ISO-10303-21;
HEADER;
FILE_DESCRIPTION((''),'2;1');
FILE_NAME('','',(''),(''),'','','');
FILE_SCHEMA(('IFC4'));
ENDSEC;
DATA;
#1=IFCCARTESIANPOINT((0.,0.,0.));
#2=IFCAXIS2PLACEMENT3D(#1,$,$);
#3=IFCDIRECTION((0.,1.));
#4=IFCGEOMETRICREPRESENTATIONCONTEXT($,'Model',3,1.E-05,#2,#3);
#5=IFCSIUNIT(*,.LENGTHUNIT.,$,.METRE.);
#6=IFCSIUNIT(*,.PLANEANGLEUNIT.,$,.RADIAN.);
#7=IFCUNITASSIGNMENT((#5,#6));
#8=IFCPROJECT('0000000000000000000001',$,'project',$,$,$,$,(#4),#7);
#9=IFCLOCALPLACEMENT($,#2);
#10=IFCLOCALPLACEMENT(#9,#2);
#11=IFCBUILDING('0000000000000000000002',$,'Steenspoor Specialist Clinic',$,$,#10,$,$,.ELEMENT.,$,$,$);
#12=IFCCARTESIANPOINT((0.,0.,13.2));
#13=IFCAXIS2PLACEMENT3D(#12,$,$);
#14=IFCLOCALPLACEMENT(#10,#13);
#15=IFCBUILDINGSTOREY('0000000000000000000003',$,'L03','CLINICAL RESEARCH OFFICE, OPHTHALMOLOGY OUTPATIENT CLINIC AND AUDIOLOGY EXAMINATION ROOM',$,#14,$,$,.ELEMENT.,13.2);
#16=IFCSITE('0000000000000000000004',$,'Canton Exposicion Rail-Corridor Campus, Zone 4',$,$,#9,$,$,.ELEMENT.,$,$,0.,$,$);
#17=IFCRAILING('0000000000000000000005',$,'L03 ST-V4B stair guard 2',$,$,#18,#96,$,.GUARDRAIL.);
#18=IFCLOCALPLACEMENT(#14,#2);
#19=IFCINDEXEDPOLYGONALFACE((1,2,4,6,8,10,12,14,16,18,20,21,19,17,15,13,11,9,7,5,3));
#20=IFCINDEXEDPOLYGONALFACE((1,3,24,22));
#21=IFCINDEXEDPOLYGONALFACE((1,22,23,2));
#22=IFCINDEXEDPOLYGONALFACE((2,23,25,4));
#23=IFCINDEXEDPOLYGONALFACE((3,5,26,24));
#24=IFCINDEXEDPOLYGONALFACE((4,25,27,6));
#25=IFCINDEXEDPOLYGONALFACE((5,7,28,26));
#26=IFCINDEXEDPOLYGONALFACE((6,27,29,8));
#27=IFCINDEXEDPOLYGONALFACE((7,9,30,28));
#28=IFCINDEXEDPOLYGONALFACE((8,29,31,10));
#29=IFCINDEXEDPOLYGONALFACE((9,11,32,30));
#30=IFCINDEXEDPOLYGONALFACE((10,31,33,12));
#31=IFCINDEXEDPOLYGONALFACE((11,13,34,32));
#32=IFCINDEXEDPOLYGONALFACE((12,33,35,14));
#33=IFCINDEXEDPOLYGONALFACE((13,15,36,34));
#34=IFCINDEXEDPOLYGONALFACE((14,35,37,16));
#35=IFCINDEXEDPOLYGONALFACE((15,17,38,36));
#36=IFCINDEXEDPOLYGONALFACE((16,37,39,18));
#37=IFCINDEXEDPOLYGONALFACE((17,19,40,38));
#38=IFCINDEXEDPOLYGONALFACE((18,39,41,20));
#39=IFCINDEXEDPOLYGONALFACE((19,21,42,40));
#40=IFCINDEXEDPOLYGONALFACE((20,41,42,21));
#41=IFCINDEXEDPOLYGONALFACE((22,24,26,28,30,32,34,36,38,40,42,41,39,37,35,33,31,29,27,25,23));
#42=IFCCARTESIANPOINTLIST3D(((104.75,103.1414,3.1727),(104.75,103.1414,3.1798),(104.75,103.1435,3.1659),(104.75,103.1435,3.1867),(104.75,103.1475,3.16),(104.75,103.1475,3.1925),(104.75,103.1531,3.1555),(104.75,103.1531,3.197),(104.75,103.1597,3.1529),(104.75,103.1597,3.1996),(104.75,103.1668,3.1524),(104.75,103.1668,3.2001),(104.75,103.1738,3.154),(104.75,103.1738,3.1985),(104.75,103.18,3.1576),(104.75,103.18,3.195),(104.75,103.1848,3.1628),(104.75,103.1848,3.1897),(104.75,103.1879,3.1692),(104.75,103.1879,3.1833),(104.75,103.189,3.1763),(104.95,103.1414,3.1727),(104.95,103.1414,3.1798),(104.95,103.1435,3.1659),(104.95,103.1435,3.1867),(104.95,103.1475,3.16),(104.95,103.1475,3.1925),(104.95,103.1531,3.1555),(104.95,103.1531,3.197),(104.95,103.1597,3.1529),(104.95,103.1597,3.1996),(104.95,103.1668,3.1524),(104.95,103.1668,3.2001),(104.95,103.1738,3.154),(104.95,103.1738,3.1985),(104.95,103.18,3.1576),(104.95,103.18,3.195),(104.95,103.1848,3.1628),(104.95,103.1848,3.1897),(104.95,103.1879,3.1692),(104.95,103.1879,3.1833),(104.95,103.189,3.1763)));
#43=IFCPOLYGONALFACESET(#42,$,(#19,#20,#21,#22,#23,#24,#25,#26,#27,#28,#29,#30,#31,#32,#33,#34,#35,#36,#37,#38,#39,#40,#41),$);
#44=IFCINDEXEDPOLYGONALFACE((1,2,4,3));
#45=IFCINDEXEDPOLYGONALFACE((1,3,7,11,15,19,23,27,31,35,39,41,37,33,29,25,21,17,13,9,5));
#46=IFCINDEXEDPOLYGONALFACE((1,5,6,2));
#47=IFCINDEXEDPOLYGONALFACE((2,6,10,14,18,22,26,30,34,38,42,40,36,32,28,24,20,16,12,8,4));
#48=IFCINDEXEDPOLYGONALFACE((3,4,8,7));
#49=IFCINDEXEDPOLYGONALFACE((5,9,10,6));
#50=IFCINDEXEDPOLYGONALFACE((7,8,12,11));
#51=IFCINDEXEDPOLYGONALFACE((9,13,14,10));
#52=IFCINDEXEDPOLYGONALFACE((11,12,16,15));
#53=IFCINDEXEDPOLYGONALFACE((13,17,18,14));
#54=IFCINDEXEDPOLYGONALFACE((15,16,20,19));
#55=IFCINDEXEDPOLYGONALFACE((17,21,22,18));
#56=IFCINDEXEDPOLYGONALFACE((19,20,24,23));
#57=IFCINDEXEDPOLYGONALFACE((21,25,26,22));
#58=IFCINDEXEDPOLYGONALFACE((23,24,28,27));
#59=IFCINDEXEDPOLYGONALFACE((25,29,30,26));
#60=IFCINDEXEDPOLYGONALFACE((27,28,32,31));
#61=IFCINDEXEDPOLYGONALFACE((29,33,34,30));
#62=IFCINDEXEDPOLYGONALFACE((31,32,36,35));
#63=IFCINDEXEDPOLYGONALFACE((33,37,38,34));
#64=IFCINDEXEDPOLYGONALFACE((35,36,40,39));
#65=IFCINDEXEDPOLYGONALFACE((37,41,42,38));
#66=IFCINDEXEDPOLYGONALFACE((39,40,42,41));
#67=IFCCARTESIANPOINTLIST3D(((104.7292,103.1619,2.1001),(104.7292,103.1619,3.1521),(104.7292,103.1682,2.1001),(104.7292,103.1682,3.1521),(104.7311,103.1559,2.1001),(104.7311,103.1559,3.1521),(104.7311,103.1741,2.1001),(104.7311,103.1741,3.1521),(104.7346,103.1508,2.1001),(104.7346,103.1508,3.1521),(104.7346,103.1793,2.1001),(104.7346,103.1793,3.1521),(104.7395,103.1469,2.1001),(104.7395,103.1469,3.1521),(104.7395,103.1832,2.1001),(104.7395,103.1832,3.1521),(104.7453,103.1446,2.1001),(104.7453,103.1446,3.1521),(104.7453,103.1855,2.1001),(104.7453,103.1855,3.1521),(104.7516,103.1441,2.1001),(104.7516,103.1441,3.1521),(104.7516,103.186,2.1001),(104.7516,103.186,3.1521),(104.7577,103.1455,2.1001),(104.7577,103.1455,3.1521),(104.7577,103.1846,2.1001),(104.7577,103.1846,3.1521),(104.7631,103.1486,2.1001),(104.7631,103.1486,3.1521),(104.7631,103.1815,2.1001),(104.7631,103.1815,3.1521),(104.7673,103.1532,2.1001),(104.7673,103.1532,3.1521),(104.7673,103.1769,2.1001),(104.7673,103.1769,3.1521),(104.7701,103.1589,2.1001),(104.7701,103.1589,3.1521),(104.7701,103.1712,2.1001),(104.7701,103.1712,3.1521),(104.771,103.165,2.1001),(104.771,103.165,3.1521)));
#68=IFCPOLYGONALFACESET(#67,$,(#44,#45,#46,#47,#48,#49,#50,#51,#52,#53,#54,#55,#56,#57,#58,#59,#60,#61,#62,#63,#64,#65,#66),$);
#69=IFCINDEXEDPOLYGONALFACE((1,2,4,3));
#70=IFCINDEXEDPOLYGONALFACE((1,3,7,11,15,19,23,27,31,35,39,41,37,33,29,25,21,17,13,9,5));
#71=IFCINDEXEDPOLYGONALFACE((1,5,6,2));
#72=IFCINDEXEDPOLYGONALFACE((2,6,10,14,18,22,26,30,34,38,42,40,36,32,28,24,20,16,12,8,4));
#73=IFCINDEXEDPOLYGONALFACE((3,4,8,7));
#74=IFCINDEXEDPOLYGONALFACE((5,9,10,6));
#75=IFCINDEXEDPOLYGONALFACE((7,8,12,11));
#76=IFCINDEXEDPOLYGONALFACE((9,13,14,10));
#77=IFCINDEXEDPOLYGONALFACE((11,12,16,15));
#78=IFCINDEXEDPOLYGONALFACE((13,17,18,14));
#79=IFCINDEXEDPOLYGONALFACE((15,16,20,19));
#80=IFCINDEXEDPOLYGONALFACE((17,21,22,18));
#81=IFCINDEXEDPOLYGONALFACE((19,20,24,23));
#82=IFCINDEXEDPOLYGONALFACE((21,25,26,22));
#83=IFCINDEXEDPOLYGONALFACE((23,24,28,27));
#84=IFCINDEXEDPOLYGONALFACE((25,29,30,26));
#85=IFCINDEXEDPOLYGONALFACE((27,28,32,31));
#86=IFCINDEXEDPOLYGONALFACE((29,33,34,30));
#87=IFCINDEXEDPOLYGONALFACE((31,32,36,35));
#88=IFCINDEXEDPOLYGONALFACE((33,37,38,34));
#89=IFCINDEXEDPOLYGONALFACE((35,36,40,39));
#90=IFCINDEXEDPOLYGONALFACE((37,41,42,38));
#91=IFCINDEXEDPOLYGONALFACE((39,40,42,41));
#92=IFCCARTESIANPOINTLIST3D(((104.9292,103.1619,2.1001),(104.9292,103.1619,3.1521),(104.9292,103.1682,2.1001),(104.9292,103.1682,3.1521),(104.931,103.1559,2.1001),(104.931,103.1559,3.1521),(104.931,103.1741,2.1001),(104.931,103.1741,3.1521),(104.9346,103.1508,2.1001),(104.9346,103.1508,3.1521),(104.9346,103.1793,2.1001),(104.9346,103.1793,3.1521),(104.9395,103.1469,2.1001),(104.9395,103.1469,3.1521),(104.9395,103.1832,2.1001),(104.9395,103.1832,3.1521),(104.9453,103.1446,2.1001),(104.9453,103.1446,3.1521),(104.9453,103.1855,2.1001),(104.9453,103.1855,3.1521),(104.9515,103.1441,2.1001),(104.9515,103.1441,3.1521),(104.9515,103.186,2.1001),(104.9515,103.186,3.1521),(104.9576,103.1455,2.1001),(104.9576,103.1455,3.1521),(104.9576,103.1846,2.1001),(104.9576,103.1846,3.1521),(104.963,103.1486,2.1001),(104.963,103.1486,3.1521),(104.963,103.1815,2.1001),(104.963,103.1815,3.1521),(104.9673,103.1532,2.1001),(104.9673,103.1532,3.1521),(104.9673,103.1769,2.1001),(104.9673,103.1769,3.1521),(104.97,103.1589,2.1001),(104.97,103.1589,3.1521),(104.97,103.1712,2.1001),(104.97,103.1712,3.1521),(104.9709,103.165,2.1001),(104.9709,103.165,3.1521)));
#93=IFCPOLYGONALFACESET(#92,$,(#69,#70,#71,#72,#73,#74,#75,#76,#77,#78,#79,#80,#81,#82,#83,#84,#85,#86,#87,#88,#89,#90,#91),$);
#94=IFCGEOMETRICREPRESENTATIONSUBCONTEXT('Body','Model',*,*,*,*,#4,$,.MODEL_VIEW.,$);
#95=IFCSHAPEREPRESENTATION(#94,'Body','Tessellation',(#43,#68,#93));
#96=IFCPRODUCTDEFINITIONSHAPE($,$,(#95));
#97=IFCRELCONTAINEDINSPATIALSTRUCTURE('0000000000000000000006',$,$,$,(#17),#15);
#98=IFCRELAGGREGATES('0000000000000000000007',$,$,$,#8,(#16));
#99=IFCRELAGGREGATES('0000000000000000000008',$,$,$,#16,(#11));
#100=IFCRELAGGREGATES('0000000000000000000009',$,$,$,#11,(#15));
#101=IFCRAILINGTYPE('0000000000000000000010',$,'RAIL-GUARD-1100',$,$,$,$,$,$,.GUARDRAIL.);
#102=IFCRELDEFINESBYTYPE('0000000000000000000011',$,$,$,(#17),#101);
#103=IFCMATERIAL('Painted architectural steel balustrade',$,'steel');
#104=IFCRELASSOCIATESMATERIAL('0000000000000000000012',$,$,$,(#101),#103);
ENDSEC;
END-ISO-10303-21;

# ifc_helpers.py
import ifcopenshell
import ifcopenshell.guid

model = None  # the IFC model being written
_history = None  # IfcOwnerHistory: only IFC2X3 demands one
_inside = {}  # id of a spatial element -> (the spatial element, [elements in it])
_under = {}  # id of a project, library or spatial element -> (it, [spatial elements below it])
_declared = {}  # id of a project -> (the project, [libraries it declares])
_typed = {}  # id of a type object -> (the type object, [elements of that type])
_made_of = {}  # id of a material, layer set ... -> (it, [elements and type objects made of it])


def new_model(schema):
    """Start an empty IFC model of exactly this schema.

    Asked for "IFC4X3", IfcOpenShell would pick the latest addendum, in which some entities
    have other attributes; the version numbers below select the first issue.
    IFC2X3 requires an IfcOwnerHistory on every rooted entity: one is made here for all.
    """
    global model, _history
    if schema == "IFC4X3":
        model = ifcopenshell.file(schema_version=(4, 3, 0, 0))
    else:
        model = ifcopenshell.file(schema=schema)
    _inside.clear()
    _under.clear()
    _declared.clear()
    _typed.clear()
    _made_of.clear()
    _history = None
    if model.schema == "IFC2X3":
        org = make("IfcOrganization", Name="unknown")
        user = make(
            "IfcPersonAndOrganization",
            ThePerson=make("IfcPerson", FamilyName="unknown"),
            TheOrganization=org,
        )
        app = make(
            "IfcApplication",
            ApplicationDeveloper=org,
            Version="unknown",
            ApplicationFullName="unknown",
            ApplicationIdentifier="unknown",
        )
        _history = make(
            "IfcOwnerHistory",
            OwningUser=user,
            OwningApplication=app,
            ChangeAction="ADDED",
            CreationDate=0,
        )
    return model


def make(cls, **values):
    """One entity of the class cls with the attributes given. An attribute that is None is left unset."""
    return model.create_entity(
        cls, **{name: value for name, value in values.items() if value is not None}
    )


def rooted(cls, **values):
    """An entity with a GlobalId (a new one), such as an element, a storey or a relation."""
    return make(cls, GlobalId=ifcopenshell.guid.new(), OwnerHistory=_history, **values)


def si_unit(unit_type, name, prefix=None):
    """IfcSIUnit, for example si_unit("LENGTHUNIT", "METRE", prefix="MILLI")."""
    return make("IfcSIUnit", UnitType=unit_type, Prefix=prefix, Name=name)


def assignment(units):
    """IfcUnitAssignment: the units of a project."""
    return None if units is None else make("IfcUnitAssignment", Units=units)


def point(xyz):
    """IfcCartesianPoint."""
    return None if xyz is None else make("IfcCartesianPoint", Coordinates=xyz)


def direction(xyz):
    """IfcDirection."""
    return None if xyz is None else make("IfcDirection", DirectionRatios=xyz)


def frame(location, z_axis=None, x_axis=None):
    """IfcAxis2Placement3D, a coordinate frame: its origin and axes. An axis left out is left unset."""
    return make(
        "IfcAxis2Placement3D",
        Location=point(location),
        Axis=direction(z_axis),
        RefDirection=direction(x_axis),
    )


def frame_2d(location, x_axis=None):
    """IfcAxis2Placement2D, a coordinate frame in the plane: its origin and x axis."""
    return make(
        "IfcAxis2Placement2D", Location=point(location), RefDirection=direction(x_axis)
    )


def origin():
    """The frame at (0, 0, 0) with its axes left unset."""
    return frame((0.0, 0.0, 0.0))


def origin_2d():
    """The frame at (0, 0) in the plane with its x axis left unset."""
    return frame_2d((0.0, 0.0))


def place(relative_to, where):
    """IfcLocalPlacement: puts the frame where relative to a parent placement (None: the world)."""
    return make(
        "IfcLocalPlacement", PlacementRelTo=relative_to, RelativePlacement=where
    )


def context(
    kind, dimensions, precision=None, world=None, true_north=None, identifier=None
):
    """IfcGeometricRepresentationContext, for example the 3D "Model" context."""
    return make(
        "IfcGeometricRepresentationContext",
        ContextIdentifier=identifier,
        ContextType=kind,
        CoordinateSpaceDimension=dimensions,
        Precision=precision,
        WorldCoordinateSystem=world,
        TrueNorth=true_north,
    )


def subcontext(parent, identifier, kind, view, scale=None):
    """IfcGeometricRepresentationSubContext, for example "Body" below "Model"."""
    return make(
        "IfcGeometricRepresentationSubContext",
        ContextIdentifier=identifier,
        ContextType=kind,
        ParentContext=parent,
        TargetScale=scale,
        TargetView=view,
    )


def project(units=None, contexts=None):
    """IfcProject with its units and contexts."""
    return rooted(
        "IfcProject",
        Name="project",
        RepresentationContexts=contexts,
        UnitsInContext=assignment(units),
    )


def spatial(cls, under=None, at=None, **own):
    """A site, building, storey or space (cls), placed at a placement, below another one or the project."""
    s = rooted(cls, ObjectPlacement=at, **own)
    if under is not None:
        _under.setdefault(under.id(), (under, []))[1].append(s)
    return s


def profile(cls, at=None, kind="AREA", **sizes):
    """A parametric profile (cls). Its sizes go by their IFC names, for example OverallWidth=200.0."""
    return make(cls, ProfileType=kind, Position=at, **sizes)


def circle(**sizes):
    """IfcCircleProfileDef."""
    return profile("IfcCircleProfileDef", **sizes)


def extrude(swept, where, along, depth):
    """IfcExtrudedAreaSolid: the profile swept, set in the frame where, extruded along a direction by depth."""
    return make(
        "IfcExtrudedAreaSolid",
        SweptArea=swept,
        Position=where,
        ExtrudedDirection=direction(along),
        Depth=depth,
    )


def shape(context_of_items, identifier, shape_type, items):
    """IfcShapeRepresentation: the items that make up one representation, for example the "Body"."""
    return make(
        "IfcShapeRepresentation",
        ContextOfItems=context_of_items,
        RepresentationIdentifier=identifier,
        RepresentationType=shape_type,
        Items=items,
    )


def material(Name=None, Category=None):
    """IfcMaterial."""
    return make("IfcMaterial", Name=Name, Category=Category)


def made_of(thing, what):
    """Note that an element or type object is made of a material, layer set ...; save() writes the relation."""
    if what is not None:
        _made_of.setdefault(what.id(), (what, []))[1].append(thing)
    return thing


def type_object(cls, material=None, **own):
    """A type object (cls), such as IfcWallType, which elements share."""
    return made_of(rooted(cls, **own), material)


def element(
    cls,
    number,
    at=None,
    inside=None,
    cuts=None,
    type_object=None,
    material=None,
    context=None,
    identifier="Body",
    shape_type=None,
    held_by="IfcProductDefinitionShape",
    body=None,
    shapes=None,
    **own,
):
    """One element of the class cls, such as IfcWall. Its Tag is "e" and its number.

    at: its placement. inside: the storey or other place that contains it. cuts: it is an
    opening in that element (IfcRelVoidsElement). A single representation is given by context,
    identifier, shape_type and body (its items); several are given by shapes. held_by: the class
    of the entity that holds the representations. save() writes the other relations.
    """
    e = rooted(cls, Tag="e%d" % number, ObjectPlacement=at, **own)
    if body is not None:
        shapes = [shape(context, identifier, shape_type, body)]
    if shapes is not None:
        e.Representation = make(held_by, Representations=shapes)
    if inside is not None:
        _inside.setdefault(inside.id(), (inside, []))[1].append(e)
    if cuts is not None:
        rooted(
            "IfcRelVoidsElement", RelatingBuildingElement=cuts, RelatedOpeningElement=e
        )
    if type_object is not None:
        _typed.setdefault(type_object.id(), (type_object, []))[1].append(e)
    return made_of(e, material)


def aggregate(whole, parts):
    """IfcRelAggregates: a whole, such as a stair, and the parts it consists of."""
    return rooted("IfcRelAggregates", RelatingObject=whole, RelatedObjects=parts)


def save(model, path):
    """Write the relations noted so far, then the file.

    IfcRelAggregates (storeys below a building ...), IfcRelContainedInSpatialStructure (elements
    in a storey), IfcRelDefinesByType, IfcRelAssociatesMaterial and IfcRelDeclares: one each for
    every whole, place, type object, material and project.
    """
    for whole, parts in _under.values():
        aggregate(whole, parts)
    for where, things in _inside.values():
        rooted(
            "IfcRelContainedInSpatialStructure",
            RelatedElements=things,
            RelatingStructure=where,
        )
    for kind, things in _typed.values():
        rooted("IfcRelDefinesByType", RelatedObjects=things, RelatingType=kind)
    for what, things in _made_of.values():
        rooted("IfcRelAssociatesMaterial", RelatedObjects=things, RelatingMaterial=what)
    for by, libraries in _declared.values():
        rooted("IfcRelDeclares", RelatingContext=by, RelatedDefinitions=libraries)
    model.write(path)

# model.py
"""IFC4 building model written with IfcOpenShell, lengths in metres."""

from ifc_helpers import new_model, si_unit, direction, frame, origin, origin_2d, place, context, subcontext, project, spatial, circle, extrude, material, type_object, element, save


model = new_model("IFC4")

# Units and contexts
model_context = context("Model", 3, precision=1e-05, world=origin(), true_north=direction((0.0, 1.0)))
body_context = subcontext(model_context, "Body", "Model", "MODEL_VIEW")
ifc_project = project(units=[si_unit("LENGTHUNIT", "METRE"), si_unit("PLANEANGLEUNIT", "RADIAN")], contexts=[model_context])

# Site, building, storey
site_placement = place(None, origin())
site = spatial("IfcSite", under=ifc_project, at=site_placement, Name="Canton Exposicion Rail-Corridor Campus, Zone 4", CompositionType="ELEMENT", RefElevation=0.0)
building_placement = place(site_placement, origin())
building = spatial("IfcBuilding", under=site, at=building_placement, Name="Steenspoor Specialist Clinic", CompositionType="ELEMENT")
storey_placement = place(building_placement, frame((0.0, 0.0, 13.2)))
storey = spatial("IfcBuildingStorey", under=building, at=storey_placement, Name="L03", Description="CLINICAL RESEARCH OFFICE, OPHTHALMOLOGY OUTPATIENT CLINIC AND AUDIOLOGY EXAMINATION ROOM", CompositionType="ELEMENT", Elevation=13.2)

# Railing
ifc_material_1 = material(Name="Painted architectural steel balustrade", Category="steel")
railing_type_1 = type_object("IfcRailingType", Name="RAIL-GUARD-1100", PredefinedType="GUARDRAIL", material=ifc_material_1)
railing_1_placement = place(storey_placement, frame((104.75, 103.165, 2.1001)))
element("IfcRailing", 1, at=railing_1_placement, inside=storey, type_object=railing_type_1, Name="L03 ST-V4B stair guard 2", PredefinedType="GUARDRAIL", context=body_context, shape_type="SweptSolid", body=[
    extrude(circle(Radius=0.0239, at=origin_2d()), frame((0.0, 0.0, 1.0762), z_axis=(1.0, 0.0, 0.0), x_axis=(0.0, 1.0, 0.0)), (0.0, 0.0, 1.0), 0.2),
    extrude(circle(Radius=0.021, at=origin_2d()), origin(), (0.0, 0.0, 1.0), 1.052),
    extrude(circle(Radius=0.021, at=origin_2d()), frame((0.2, 0.0, 0.0)), (0.0, 0.0, 1.0), 1.052),
])

save(model, "model.ifc")
